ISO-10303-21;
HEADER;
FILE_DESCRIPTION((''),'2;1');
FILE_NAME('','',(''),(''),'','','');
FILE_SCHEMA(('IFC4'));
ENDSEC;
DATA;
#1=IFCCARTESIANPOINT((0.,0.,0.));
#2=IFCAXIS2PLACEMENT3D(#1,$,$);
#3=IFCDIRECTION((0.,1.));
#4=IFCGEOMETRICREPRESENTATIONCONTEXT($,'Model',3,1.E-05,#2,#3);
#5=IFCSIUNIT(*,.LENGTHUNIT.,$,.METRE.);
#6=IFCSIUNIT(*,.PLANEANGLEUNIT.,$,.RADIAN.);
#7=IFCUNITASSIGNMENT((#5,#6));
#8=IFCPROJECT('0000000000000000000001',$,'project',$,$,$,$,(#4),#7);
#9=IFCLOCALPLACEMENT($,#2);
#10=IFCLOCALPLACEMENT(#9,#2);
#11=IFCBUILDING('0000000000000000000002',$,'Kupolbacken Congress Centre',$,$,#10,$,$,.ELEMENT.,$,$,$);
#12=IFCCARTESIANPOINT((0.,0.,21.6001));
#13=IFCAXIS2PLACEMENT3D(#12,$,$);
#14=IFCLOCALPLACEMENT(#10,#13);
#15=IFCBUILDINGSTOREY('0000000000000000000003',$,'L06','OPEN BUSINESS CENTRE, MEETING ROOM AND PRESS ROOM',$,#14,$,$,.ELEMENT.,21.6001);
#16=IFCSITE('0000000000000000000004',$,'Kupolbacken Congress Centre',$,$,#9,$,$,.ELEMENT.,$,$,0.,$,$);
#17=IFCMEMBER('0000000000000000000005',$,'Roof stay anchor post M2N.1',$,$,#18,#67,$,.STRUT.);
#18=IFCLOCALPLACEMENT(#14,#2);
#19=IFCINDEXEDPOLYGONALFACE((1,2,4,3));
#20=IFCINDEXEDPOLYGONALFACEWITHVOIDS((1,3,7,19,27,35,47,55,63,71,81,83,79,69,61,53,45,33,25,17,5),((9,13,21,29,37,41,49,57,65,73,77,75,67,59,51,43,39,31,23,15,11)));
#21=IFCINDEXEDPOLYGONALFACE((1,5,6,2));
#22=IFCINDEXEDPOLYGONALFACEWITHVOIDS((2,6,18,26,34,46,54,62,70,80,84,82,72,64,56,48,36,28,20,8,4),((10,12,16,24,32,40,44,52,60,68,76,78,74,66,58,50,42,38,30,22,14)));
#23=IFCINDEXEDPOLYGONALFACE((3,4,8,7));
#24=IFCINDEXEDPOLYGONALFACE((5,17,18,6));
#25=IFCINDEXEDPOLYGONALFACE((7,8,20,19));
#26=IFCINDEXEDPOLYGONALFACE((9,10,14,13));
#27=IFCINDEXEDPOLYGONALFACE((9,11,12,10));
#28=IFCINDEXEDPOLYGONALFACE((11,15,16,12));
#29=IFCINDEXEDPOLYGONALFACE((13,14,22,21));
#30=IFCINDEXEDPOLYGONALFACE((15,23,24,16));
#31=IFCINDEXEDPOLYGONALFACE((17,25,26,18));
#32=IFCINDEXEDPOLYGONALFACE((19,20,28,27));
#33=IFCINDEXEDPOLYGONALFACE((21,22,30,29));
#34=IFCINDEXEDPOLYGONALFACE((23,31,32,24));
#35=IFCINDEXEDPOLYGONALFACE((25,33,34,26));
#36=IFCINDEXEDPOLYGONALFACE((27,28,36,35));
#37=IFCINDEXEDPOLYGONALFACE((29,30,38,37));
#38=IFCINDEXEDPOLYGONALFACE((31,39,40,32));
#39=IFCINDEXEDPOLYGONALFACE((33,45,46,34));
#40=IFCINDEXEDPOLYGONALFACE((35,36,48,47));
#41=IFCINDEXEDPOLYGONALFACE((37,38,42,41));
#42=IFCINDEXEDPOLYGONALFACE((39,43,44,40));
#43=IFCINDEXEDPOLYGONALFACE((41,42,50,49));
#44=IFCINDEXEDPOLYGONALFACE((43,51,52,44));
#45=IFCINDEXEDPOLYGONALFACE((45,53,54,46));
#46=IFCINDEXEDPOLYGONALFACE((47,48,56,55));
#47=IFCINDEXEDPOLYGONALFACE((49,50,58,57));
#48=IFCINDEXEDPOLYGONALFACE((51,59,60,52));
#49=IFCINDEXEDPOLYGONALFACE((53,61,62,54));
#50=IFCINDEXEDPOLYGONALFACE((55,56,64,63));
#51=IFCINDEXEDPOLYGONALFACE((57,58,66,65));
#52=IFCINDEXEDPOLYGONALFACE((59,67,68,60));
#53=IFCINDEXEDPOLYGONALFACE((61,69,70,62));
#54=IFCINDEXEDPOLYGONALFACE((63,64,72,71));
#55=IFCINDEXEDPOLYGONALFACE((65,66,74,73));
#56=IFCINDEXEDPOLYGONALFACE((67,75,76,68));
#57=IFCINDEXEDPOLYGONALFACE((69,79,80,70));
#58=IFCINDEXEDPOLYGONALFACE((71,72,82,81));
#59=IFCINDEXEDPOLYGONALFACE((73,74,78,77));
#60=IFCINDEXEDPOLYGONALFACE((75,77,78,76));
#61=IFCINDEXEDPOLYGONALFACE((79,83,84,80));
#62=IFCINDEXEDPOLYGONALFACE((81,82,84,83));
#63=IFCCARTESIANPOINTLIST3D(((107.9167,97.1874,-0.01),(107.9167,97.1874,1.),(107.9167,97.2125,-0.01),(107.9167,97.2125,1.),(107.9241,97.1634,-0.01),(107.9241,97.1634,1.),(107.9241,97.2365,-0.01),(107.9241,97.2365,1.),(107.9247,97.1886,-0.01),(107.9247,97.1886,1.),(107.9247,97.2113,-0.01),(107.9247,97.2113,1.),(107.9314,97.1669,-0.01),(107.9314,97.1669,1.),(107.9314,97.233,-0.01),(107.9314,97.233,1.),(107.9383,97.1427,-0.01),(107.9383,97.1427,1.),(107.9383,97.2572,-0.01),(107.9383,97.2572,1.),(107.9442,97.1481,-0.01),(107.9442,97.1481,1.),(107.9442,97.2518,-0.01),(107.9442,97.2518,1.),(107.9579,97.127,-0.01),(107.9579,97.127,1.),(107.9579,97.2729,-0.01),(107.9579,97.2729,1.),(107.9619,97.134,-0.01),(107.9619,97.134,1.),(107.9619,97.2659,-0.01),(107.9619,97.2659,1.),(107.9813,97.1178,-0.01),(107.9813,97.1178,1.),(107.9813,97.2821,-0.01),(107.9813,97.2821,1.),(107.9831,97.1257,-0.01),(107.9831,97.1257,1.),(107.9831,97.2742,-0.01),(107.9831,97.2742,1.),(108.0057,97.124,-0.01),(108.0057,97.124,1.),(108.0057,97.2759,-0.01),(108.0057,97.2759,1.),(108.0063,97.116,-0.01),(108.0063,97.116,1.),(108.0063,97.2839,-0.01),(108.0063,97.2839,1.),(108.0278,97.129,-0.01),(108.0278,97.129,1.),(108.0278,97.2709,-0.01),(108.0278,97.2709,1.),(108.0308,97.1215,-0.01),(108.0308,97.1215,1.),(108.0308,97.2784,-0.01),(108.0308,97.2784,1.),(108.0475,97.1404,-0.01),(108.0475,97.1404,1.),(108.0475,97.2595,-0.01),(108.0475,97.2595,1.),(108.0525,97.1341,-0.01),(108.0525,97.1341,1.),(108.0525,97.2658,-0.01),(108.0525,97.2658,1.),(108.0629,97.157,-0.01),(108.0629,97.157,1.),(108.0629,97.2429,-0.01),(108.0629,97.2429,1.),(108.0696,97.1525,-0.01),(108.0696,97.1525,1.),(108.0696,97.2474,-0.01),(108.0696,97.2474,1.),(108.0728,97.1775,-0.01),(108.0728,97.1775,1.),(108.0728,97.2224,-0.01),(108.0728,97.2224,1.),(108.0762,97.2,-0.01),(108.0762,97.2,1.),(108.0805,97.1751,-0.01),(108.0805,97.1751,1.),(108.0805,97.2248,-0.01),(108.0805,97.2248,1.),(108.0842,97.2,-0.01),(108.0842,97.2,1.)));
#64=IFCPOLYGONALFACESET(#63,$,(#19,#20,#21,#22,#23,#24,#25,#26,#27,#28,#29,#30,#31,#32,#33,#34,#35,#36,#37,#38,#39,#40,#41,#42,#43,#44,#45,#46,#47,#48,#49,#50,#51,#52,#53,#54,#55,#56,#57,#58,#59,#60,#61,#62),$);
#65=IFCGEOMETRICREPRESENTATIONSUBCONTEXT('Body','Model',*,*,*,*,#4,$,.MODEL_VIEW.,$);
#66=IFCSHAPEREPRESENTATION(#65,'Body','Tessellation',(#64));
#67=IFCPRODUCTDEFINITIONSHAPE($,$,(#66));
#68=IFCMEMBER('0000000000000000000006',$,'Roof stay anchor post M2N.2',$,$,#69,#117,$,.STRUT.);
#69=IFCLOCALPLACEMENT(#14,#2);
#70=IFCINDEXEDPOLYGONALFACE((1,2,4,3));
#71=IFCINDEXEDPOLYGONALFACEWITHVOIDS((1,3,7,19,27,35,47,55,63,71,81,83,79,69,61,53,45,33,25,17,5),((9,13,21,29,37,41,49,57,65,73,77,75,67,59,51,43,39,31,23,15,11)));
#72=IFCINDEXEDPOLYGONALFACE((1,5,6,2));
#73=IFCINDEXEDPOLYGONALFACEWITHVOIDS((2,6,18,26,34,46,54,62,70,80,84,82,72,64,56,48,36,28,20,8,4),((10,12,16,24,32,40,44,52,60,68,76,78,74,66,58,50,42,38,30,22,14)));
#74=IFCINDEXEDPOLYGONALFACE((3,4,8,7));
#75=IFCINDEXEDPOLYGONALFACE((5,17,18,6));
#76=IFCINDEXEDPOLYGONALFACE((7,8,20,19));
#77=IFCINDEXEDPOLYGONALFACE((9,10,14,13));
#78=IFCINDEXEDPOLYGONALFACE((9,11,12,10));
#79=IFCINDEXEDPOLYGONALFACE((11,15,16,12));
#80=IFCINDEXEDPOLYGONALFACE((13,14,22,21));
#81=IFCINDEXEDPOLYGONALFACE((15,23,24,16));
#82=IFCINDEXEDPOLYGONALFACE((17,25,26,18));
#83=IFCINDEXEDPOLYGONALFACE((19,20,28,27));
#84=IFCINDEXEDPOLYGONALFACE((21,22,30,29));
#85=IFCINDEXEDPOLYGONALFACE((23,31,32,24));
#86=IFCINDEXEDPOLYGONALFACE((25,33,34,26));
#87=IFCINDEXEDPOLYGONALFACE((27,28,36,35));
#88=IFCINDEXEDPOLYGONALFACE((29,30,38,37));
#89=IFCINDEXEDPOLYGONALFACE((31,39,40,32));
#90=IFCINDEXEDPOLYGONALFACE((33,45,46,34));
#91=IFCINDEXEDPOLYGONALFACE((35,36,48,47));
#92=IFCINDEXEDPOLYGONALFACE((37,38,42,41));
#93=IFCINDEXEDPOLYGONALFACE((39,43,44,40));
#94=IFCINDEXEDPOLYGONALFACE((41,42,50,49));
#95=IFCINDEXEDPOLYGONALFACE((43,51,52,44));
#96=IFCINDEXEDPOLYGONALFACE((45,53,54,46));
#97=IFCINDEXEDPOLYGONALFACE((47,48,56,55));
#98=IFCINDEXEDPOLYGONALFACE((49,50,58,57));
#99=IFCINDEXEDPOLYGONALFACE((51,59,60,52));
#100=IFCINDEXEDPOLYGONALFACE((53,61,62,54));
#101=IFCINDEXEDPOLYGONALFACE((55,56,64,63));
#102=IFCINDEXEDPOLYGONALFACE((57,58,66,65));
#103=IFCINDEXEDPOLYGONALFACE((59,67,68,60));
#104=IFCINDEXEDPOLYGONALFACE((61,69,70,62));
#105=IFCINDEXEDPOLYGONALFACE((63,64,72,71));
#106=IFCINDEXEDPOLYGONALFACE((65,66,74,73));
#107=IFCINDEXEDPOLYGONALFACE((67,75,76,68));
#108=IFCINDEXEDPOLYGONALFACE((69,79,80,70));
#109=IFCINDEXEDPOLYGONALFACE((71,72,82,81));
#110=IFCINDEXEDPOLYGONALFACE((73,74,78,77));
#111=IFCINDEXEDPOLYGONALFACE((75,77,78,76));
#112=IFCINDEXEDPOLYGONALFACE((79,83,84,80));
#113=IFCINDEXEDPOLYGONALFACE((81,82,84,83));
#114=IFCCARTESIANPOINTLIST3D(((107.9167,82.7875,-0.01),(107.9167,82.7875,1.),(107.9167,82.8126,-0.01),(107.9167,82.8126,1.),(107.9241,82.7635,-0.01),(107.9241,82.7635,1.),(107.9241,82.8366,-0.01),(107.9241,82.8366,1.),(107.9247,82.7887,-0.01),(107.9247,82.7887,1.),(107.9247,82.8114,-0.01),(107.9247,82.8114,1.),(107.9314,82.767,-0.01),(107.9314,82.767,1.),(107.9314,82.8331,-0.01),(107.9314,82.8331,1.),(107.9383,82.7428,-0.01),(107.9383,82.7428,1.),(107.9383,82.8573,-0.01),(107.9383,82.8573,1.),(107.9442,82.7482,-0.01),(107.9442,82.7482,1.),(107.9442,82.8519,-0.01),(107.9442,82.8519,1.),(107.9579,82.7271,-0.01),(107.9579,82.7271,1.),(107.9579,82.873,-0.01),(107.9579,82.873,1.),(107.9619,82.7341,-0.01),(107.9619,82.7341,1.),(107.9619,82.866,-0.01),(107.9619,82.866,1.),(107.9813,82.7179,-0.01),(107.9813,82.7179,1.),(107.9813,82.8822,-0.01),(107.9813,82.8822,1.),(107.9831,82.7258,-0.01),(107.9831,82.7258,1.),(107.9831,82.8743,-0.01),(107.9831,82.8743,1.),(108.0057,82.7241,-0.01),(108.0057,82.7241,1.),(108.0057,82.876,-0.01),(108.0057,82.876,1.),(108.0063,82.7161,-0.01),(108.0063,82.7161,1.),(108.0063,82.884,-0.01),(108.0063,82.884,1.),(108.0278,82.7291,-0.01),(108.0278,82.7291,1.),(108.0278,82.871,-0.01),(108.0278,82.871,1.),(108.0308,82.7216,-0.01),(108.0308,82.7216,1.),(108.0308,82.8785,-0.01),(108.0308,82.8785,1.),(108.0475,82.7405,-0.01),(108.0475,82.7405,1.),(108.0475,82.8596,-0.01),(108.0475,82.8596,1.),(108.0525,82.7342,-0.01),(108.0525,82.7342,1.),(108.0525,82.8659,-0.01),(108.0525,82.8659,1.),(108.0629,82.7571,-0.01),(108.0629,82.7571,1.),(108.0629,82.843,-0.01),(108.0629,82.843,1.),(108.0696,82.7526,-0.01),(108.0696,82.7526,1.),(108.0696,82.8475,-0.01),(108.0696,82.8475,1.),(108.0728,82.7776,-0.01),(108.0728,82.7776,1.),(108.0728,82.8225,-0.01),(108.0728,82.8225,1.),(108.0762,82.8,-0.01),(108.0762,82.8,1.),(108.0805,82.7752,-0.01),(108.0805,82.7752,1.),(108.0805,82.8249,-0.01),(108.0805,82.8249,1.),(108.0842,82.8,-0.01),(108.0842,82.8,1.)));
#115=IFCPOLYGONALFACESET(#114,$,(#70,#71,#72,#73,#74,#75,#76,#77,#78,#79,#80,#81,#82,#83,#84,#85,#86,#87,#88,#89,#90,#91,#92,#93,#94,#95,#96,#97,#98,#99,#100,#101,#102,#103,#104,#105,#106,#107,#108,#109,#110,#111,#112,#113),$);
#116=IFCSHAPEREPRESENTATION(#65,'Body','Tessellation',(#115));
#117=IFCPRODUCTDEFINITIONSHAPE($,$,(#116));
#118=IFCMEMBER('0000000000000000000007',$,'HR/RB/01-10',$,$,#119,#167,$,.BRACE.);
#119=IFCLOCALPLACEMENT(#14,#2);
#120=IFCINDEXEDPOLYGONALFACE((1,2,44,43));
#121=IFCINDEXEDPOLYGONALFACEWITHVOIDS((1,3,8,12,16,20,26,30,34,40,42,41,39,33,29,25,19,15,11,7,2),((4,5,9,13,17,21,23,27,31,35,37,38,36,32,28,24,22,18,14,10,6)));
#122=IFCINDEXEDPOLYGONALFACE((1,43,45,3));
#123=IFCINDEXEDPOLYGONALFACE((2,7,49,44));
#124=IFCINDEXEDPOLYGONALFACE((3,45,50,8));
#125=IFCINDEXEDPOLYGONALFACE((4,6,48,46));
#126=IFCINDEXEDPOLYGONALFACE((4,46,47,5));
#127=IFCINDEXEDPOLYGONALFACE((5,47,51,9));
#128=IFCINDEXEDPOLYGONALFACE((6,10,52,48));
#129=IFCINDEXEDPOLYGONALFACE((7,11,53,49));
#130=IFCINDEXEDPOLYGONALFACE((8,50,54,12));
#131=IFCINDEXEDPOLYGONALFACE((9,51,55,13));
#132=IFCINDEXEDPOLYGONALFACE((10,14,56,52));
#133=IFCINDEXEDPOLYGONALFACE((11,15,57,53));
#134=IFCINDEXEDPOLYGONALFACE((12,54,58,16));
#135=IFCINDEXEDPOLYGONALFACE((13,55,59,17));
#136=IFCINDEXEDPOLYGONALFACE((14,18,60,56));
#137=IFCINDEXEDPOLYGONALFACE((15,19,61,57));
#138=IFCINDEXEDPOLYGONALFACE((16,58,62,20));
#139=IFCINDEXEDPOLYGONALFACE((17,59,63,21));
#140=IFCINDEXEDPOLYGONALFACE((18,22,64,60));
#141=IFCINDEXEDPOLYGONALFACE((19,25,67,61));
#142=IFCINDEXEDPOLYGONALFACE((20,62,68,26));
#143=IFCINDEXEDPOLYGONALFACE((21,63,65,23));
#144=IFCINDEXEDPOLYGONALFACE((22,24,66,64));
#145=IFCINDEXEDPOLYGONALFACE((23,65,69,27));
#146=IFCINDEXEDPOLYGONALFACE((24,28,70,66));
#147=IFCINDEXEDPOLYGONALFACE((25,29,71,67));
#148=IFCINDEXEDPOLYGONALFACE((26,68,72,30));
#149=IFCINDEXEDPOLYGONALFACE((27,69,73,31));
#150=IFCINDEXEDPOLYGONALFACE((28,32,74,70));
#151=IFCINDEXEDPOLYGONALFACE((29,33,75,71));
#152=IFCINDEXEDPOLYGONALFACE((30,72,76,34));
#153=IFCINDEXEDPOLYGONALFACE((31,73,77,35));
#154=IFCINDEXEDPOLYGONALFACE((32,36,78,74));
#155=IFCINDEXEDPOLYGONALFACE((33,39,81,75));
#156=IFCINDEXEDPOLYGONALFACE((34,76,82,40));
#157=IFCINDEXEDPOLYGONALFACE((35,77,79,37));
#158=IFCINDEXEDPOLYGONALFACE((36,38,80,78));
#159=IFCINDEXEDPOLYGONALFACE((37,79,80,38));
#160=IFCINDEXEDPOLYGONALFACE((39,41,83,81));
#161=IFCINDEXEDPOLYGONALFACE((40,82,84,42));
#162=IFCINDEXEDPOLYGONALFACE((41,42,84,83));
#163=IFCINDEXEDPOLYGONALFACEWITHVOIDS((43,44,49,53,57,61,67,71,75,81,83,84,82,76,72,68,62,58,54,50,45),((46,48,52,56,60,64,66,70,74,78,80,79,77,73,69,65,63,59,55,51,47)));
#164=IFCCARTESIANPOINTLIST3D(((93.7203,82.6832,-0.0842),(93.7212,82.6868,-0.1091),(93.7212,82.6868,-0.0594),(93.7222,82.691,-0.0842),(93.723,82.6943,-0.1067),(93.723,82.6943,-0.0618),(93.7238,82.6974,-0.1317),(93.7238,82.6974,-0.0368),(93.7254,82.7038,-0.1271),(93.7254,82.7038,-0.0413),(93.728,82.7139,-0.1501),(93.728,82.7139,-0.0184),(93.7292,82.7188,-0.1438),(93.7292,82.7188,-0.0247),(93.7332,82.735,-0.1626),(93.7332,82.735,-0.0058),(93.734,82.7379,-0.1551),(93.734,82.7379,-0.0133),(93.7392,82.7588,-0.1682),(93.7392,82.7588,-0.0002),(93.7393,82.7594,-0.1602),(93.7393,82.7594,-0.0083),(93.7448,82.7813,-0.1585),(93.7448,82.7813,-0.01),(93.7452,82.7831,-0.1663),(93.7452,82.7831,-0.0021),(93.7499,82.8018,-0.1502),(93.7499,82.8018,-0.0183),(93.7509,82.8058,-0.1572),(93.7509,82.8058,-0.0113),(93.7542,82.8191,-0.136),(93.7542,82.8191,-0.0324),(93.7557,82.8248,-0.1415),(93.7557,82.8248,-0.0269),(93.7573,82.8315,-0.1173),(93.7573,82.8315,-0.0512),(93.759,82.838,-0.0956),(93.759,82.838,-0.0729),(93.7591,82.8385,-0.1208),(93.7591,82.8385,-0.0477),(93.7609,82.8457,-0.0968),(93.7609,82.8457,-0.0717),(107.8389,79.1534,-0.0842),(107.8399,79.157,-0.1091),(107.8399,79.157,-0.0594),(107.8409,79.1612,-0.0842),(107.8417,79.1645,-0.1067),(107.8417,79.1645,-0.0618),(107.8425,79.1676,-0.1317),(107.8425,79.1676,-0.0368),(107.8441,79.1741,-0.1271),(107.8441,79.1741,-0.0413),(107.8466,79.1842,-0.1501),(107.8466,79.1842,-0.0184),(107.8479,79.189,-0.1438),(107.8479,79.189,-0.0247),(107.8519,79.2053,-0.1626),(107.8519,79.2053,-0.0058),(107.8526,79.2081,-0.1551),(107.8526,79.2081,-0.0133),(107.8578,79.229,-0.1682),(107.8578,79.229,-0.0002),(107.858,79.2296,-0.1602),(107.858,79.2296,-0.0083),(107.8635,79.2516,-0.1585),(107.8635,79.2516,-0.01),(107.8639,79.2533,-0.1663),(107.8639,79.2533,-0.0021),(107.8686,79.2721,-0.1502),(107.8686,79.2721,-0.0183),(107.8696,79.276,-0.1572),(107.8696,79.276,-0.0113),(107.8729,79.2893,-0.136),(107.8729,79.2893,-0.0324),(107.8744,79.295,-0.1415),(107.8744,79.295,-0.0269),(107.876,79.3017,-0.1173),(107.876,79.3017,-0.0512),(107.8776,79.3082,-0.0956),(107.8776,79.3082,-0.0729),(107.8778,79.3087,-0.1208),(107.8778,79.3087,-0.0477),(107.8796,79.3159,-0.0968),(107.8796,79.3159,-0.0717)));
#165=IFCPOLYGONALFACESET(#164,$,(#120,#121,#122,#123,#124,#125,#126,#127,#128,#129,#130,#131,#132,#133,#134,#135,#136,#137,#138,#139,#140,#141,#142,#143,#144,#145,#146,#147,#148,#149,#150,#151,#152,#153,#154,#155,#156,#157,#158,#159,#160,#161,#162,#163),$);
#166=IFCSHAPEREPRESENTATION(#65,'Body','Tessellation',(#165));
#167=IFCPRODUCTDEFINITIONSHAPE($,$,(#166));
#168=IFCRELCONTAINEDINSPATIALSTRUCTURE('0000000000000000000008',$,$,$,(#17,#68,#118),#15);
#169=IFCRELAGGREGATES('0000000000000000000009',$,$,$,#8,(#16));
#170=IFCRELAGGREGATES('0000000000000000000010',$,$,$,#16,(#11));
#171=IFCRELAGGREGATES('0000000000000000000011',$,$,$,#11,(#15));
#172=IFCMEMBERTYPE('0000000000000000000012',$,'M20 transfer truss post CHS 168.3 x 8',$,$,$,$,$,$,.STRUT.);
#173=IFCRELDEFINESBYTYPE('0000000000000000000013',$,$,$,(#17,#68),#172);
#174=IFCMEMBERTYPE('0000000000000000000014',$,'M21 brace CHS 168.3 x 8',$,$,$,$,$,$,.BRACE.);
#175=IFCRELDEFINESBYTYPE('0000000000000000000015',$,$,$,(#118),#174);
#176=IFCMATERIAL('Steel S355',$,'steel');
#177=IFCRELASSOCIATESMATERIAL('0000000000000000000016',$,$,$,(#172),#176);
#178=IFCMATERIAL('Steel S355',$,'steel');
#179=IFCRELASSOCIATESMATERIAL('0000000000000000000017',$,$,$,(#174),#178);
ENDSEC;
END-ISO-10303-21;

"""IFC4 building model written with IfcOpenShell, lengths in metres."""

from ifc_helpers import new_model, si_unit, direction, frame, origin, origin_2d, place, context, subcontext, project, spatial, hollow_circle, extrude, material, material_profile, profile_set, type_object, element, save


model = new_model("IFC4")

# Units and contexts
model_context = context("Model", 3, precision=1e-05, world=origin(), true_north=direction((0.0, 1.0)))
body_context = subcontext(model_context, "Body", "Model", "MODEL_VIEW")
ifc_project = project(units=[si_unit("LENGTHUNIT", "METRE"), si_unit("PLANEANGLEUNIT", "RADIAN")], contexts=[model_context])

# Site, building, storey
site_placement = place(None, origin())
site = spatial("IfcSite", under=ifc_project, at=site_placement, Name="Kupolbacken Congress Centre", CompositionType="ELEMENT", RefElevation=0.0)
building_placement = place(site_placement, origin())
building = spatial("IfcBuilding", under=site, at=building_placement, Name="Kupolbacken Congress Centre", CompositionType="ELEMENT")
storey_placement = place(building_placement, frame((0.0, 0.0, 21.6001)))
storey = spatial("IfcBuildingStorey", under=building, at=storey_placement, Name="L06", Description="OPEN BUSINESS CENTRE, MEETING ROOM AND PRESS ROOM", CompositionType="ELEMENT", Elevation=21.6001)

# Members
ifc_material_1 = material(Name="Steel S355", Category="steel")
ifc_material_profile_1 = material_profile(ifc_material_1, hollow_circle(Radius=0.0842, WallThickness=0.0081, at=origin_2d()), Name="CHS 168.3 x 8")
ifc_profile_set_1 = profile_set([ifc_material_profile_1], Name="Steel S355")
member_type_1 = type_object("IfcMemberType", Name="M20 transfer truss post CHS 168.3 x 8", PredefinedType="STRUT", material=ifc_profile_set_1)
for number, where, z_axis, x_axis, name in (
    (1, (108.0, 97.2, -0.01), (0.0, 0.0, 1.0), (1.0, 0.0, 0.0), "Roof stay anchor post M2N.1"),
    (2, (108.0, 82.8, -0.01), (0.0, 0.0, 1.0), (1.0, 0.0, 0.0), "Roof stay anchor post M2N.2"),
):
    element("IfcMember", number, at=place(storey_placement, frame(where, z_axis=z_axis, x_axis=x_axis)), inside=storey, type_object=member_type_1, Name=name, PredefinedType="STRUT", context=body_context, shape_type="SweptSolid", body=[
        extrude(hollow_circle(Radius=0.0842, WallThickness=0.0081, at=origin_2d()), origin(), (0.0, 0.0, 1.0), 1.01),
    ])
ifc_material_2 = material(Name="Steel S355", Category="steel")
ifc_material_profile_2 = material_profile(ifc_material_2, hollow_circle(Radius=0.0842, WallThickness=0.0081, at=origin_2d()), Name="CHS 168.3 x 8")
ifc_profile_set_2 = profile_set([ifc_material_profile_2], Name="Steel S355")
member_type_2 = type_object("IfcMemberType", Name="M21 brace CHS 168.3 x 8", PredefinedType="BRACE", material=ifc_profile_set_2)
for number, where, z_axis, x_axis, name in (
    (3, (107.8594, 79.2351, -0.0842), (-0.970141, 0.242544, 0.0), (-0.242544, -0.970141, 0.0), "HR/RB/01-10"),
):
    element("IfcMember", number, at=place(storey_placement, frame(where, z_axis=z_axis, x_axis=x_axis)), inside=storey, type_object=member_type_2, Name=name, PredefinedType="BRACE", context=body_context, shape_type="SweptSolid", body=[
        extrude(hollow_circle(Radius=0.0842, WallThickness=0.0081, at=origin_2d()), origin(), (0.0, 0.0, 1.0), 14.5532),
    ])

save(model, "model.ifc")
